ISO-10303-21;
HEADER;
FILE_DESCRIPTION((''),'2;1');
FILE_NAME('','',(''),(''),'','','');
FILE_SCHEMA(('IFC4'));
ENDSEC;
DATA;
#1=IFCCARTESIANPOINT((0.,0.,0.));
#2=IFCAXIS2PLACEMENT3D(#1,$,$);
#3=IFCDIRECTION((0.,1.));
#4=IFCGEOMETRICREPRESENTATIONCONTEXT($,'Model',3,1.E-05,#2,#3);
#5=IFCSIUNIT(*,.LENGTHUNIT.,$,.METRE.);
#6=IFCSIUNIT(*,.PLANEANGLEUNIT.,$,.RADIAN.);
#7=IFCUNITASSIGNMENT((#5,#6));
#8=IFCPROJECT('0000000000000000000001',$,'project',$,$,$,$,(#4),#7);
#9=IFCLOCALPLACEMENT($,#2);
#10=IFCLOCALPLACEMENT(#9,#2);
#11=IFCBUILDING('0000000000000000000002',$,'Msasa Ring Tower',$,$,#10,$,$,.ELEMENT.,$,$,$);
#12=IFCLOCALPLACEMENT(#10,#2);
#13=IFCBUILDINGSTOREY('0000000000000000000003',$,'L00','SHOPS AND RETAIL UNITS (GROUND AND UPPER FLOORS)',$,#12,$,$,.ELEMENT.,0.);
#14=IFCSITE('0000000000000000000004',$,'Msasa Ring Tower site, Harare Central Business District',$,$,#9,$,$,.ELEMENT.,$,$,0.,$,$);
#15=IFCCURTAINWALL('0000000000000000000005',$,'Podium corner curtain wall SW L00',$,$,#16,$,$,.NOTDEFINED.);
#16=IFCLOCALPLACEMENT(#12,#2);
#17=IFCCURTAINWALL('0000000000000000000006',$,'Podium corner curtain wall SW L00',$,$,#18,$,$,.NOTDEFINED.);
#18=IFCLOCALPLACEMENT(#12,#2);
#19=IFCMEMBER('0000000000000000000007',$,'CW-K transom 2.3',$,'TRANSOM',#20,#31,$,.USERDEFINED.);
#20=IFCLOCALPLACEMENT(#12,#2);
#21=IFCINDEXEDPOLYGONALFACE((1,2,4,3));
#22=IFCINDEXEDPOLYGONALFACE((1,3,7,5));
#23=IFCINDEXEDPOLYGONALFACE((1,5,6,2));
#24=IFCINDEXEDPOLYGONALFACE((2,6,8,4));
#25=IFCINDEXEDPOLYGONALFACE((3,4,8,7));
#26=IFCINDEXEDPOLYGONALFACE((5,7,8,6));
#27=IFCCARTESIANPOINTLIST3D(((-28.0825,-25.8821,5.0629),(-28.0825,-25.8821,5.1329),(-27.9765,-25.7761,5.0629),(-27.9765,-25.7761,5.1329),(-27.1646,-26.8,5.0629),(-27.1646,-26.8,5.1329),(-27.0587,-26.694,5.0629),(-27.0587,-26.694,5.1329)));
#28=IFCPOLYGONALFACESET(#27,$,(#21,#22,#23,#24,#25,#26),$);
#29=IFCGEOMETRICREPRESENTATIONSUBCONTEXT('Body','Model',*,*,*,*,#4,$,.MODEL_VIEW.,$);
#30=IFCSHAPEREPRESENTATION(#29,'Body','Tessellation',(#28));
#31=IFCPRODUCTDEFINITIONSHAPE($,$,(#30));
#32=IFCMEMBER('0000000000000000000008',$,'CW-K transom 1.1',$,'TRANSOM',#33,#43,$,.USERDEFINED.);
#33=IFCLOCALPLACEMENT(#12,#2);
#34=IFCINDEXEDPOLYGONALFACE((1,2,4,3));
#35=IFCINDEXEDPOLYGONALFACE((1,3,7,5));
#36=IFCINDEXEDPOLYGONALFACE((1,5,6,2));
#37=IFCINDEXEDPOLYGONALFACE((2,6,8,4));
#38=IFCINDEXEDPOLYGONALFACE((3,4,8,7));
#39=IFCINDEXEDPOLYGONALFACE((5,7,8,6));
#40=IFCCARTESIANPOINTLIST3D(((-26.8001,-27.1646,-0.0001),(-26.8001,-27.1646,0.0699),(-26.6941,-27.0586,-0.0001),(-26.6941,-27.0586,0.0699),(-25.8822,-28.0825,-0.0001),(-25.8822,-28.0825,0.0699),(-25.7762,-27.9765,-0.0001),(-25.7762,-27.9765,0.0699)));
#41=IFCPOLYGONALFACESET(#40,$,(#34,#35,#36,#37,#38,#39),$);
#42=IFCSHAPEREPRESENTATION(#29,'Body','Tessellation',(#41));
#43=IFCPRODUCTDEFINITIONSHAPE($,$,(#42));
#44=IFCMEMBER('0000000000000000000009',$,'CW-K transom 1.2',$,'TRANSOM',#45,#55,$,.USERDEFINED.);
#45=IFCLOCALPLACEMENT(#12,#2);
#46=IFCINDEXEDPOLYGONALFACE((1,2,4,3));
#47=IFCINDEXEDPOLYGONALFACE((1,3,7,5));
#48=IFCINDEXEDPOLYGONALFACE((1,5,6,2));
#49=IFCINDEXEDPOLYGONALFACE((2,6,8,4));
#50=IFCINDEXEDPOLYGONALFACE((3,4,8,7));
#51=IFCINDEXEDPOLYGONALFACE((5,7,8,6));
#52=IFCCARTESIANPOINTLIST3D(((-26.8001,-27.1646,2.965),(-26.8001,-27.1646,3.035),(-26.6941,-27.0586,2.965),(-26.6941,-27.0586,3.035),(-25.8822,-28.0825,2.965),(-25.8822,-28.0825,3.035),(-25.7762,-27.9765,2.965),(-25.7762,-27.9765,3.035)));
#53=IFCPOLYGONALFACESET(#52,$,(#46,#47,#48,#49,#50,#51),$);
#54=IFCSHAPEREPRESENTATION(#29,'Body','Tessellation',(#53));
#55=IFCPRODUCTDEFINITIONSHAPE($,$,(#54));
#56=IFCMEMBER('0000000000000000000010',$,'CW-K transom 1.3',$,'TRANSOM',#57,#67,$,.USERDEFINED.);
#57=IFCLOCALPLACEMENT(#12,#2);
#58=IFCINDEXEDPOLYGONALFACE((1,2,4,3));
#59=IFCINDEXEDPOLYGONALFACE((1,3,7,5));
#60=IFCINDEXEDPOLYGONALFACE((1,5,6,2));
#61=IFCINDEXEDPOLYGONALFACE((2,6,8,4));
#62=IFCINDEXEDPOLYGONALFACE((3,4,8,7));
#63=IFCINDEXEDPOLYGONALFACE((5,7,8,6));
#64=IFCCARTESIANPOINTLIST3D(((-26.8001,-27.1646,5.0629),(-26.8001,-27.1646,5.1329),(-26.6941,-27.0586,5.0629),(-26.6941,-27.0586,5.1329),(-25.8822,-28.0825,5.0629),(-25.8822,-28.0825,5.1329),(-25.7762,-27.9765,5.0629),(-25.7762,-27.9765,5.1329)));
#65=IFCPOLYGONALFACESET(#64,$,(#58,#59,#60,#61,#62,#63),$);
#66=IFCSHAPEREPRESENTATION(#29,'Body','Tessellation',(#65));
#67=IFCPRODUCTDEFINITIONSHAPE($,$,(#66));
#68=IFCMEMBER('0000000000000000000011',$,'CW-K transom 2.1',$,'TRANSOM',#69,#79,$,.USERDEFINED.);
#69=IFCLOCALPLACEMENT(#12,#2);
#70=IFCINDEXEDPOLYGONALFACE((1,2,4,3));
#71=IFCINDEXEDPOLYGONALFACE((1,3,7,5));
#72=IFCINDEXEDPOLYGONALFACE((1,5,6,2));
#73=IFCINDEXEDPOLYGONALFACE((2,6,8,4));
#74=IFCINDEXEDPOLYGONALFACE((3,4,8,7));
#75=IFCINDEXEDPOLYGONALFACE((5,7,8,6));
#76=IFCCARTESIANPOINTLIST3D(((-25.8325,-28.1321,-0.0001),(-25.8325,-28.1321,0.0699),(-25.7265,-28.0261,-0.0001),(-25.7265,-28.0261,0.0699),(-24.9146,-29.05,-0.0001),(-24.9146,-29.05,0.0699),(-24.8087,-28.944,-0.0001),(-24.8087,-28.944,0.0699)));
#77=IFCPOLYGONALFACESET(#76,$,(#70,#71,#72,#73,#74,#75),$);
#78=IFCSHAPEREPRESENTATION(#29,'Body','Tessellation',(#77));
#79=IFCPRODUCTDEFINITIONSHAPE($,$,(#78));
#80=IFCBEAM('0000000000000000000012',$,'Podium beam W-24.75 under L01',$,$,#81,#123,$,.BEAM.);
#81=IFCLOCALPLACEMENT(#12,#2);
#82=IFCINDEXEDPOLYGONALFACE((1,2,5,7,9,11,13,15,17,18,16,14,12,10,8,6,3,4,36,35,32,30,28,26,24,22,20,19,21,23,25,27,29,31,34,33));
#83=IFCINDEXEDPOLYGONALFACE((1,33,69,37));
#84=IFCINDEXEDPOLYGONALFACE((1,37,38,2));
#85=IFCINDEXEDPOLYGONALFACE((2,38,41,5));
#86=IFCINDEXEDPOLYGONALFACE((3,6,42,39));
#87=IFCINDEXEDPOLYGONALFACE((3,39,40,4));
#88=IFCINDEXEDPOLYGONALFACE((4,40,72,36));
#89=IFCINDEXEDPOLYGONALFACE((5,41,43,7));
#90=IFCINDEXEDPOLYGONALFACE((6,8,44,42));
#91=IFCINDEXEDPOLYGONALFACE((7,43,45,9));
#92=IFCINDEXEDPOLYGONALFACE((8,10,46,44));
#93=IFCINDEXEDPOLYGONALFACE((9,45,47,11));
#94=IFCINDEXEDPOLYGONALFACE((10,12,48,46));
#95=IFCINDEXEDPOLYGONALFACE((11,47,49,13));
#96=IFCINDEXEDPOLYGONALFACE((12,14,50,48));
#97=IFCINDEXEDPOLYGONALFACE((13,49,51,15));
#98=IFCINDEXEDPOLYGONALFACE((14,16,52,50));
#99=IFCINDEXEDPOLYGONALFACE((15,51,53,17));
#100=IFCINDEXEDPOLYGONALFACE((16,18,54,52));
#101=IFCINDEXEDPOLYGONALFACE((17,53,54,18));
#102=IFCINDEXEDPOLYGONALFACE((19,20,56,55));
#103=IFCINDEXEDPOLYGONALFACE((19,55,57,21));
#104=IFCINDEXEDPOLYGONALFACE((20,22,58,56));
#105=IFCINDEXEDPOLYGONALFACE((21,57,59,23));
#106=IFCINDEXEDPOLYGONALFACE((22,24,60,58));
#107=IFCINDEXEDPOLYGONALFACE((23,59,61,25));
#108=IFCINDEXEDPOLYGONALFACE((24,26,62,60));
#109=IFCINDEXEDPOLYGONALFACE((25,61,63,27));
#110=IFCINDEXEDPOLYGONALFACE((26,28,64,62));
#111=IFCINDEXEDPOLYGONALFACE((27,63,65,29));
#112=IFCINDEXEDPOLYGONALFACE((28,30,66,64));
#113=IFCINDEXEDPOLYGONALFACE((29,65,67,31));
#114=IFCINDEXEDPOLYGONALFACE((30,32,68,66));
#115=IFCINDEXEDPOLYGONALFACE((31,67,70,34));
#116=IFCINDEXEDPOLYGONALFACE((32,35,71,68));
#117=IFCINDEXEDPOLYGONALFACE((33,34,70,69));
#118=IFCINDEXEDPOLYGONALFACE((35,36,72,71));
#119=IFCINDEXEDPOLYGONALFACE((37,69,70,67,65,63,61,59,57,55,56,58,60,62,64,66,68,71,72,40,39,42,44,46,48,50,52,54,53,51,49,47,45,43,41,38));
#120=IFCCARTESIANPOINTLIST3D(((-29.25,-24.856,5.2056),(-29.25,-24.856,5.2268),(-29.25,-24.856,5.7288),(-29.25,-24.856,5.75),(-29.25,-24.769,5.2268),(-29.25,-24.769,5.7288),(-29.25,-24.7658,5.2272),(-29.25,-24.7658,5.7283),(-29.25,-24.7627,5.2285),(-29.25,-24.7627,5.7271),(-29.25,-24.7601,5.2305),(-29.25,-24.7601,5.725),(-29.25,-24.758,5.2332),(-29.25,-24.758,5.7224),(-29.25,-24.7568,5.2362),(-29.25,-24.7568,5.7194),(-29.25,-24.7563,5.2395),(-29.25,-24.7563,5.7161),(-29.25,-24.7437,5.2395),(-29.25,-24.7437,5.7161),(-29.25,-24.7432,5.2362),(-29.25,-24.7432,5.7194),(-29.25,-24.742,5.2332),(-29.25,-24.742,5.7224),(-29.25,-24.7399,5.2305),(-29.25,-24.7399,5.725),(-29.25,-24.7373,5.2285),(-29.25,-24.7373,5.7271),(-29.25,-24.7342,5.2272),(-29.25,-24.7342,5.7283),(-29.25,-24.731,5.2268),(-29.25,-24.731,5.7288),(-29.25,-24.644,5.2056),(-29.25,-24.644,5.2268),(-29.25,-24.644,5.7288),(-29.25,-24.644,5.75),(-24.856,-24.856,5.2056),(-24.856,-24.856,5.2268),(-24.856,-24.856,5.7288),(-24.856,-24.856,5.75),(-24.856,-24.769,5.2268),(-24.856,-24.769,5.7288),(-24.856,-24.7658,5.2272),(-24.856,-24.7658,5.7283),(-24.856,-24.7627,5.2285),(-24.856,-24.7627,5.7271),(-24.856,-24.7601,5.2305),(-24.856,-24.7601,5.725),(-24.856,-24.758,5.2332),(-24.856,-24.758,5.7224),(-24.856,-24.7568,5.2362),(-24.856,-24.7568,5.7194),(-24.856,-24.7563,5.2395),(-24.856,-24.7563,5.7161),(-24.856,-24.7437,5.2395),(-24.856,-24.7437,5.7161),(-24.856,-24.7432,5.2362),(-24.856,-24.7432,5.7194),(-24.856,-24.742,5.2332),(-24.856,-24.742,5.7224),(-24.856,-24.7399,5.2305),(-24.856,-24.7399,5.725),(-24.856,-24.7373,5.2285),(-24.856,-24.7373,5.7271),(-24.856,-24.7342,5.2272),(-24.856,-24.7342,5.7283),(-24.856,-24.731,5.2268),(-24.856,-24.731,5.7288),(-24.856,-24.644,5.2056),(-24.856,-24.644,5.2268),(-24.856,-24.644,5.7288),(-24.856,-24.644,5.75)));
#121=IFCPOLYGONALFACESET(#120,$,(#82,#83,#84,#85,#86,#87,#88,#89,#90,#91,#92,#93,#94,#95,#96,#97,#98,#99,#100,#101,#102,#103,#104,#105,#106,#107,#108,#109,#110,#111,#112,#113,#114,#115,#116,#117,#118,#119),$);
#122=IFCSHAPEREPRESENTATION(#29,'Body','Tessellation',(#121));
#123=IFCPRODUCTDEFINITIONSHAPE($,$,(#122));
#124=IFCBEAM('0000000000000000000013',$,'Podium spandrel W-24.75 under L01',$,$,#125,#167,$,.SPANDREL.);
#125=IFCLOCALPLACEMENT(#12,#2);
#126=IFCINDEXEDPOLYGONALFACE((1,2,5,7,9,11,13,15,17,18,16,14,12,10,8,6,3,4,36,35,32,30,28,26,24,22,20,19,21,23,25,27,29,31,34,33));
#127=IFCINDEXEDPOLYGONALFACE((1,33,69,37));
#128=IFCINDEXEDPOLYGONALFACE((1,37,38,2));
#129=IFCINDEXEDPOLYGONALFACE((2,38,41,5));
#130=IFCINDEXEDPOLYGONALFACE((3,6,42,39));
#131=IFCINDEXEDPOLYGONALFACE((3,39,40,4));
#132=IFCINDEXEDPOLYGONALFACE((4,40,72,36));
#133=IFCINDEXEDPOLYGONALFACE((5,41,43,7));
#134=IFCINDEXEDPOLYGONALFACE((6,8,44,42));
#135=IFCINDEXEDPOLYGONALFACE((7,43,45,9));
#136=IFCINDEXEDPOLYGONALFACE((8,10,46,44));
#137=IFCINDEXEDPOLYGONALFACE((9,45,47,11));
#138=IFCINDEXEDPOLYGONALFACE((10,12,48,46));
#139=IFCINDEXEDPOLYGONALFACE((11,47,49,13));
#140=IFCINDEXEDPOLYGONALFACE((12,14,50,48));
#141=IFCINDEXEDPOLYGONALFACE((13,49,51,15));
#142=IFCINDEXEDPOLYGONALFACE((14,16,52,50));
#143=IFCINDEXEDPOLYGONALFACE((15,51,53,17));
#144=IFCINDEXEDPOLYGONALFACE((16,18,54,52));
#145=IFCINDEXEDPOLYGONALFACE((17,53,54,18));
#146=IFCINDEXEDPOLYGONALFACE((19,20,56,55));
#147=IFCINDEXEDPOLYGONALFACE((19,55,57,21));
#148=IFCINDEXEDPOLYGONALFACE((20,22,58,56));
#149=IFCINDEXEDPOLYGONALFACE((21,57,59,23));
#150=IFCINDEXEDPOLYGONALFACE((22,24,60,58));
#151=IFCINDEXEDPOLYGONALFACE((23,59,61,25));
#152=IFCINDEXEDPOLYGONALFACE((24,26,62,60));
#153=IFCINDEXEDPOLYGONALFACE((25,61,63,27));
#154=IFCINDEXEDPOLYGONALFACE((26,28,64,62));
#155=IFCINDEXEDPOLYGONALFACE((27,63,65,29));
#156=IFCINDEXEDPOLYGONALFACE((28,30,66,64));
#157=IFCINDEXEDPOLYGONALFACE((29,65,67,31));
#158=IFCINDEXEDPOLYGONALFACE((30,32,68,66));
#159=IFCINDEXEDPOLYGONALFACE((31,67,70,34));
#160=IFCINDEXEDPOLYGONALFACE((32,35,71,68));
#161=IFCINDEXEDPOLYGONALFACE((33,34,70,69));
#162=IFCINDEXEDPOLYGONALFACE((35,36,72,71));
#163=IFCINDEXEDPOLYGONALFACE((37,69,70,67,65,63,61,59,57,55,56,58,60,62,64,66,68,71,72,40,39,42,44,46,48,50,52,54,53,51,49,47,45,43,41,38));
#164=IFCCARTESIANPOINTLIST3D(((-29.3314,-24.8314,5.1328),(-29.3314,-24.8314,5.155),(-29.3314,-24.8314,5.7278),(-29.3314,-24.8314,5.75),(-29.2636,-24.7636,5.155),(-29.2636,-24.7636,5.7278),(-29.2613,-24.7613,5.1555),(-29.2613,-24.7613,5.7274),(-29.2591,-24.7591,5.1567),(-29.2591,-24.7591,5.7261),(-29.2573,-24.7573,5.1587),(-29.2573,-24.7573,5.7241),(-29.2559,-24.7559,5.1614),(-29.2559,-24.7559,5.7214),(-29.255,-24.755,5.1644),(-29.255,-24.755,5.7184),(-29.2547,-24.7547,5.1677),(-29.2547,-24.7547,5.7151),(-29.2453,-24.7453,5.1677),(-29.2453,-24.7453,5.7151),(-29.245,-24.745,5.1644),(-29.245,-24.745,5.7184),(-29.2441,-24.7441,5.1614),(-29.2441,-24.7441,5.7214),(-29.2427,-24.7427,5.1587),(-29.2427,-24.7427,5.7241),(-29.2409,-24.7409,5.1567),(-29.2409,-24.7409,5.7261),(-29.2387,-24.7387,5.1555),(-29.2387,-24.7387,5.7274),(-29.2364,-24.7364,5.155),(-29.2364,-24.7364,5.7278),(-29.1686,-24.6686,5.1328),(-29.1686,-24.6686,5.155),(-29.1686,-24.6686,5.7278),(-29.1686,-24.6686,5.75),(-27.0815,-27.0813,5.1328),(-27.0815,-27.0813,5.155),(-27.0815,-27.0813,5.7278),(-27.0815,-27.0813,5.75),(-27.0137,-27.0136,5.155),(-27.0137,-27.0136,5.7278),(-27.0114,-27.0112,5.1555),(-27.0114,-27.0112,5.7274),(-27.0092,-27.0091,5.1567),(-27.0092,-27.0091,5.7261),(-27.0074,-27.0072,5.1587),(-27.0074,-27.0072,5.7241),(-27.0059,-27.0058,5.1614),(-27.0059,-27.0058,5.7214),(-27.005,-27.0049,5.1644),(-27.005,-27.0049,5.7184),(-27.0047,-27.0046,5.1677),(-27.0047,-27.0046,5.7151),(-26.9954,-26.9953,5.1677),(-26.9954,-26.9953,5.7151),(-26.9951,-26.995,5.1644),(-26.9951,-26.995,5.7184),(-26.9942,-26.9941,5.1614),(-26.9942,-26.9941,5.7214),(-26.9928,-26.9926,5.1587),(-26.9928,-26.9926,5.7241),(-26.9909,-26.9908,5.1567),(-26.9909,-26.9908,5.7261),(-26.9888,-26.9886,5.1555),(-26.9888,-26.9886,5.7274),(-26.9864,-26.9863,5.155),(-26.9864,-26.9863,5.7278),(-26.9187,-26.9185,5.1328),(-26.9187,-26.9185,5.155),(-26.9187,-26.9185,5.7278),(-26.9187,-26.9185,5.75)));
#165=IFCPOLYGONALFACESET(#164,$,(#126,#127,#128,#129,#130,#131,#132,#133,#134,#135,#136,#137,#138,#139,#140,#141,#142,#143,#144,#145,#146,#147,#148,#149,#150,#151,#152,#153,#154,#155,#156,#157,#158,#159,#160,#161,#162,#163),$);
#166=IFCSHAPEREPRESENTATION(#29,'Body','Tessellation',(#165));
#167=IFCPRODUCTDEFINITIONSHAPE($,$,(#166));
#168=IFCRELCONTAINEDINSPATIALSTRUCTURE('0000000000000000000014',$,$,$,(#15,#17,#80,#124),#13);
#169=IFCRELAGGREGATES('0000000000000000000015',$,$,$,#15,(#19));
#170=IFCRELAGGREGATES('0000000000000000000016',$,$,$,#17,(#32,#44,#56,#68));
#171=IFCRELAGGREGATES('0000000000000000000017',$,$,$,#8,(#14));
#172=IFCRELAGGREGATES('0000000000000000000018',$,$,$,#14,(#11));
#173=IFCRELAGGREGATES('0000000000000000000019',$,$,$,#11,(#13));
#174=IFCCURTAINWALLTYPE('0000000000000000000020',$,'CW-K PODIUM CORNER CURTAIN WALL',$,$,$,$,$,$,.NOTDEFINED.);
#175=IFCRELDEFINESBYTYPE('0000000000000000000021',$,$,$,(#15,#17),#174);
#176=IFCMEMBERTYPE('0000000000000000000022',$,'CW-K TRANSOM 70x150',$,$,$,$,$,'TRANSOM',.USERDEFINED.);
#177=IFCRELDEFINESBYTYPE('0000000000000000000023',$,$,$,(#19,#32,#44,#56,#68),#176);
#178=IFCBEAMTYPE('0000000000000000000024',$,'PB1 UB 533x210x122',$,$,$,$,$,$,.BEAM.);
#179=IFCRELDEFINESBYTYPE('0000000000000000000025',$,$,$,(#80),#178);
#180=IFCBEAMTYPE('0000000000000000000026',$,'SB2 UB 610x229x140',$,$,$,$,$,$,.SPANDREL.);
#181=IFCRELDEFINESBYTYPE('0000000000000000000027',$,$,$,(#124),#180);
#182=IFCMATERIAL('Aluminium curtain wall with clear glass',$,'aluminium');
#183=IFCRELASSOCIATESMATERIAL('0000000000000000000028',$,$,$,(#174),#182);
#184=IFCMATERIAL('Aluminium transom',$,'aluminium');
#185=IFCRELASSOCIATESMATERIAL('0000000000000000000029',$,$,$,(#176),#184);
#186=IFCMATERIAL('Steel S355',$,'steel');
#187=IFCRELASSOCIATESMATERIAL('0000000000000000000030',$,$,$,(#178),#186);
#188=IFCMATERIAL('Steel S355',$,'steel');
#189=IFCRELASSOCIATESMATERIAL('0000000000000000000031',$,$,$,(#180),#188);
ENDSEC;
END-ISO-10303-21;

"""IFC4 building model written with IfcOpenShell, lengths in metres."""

from ifc_helpers import new_model, si_unit, direction, frame, origin, origin_2d, place, context, subcontext, project, spatial, rectangle, i_section, extrude, material, material_profile, profile_set, type_object, element, aggregate, save


model = new_model("IFC4")

# Units and contexts
model_context = context("Model", 3, precision=1e-05, world=origin(), true_north=direction((0.0, 1.0)))
body_context = subcontext(model_context, "Body", "Model", "MODEL_VIEW")
ifc_project = project(units=[si_unit("LENGTHUNIT", "METRE"), si_unit("PLANEANGLEUNIT", "RADIAN")], contexts=[model_context])

# Site, building, storey
site_placement = place(None, origin())
site = spatial("IfcSite", under=ifc_project, at=site_placement, Name="Msasa Ring Tower site, Harare Central Business District", CompositionType="ELEMENT", RefElevation=0.0)
building_placement = place(site_placement, origin())
building = spatial("IfcBuilding", under=site, at=building_placement, Name="Msasa Ring Tower", CompositionType="ELEMENT")
storey_placement = place(building_placement, origin())
storey = spatial("IfcBuildingStorey", under=building, at=storey_placement, Name="L00", Description="SHOPS AND RETAIL UNITS (GROUND AND UPPER FLOORS)", CompositionType="ELEMENT", Elevation=0.0)

# Curtain walls
ifc_material_1 = material(Name="Aluminium curtain wall with clear glass", Category="aluminium")
curtain_wall_type = type_object("IfcCurtainWallType", Name="CW-K PODIUM CORNER CURTAIN WALL", PredefinedType="NOTDEFINED", material=ifc_material_1)
curtain_wall_1_placement = place(storey_placement, origin())
curtain_wall_1 = element("IfcCurtainWall", 1, at=curtain_wall_1_placement, inside=storey, type_object=curtain_wall_type, Name="Podium corner curtain wall SW L00", PredefinedType="NOTDEFINED")
curtain_wall_2_placement = place(storey_placement, origin())
curtain_wall_2 = element("IfcCurtainWall", 2, at=curtain_wall_2_placement, inside=storey, type_object=curtain_wall_type, Name="Podium corner curtain wall SW L00", PredefinedType="NOTDEFINED")

# Members
ifc_material_2 = material(Name="Aluminium transom", Category="aluminium")
ifc_material_profile_1 = material_profile(ifc_material_2, rectangle(XDim=0.1499, YDim=0.0701, at=origin_2d()), Name="AL 70x150")
ifc_profile_set_1 = profile_set([ifc_material_profile_1], Name="Aluminium transom")
member_type_1 = type_object("IfcMemberType", Name="CW-K TRANSOM 70x150", ElementType="TRANSOM", PredefinedType="USERDEFINED", material=ifc_profile_set_1)
member_1_placement = place(storey_placement, frame((-28.0295, -25.8291, 5.0979), z_axis=(0.707107, -0.707107, 0.0), x_axis=(0.707107, 0.707107, 0.0)))
member_1 = element("IfcMember", 3, at=member_1_placement, type_object=member_type_1, Name="CW-K transom 2.3", ObjectType="TRANSOM", PredefinedType="USERDEFINED", context=body_context, shape_type="SweptSolid", body=[
    extrude(rectangle(XDim=0.1499, YDim=0.0701, at=origin_2d()), origin(), (0.0, 0.0, 1.0), 1.2981),
])
member_2_placement = place(storey_placement, frame((-26.7471, -27.1116, 0.0349), z_axis=(0.707107, -0.707107, 0.0), x_axis=(0.707107, 0.707107, 0.0)))
member_2 = element("IfcMember", 4, at=member_2_placement, type_object=member_type_1, Name="CW-K transom 1.1", ObjectType="TRANSOM", PredefinedType="USERDEFINED", context=body_context, shape_type="SweptSolid", body=[
    extrude(rectangle(XDim=0.1499, YDim=0.0701, at=origin_2d()), origin(), (0.0, 0.0, 1.0), 1.2981),
])
member_3_placement = place(storey_placement, frame((-26.7471, -27.1116, 3.0), z_axis=(0.707107, -0.707107, 0.0), x_axis=(0.707107, 0.707107, 0.0)))
member_3 = element("IfcMember", 5, at=member_3_placement, type_object=member_type_1, Name="CW-K transom 1.2", ObjectType="TRANSOM", PredefinedType="USERDEFINED", context=body_context, shape_type="SweptSolid", body=[
    extrude(rectangle(XDim=0.1499, YDim=0.0701, at=origin_2d()), origin(), (0.0, 0.0, 1.0), 1.2981),
])
member_4_placement = place(storey_placement, frame((-26.7471, -27.1116, 5.0979), z_axis=(0.707107, -0.707107, 0.0), x_axis=(0.707107, 0.707107, 0.0)))
member_4 = element("IfcMember", 6, at=member_4_placement, type_object=member_type_1, Name="CW-K transom 1.3", ObjectType="TRANSOM", PredefinedType="USERDEFINED", context=body_context, shape_type="SweptSolid", body=[
    extrude(rectangle(XDim=0.1499, YDim=0.0701, at=origin_2d()), origin(), (0.0, 0.0, 1.0), 1.2981),
])
member_5_placement = place(storey_placement, frame((-25.7795, -28.0791, 0.0349), z_axis=(0.707107, -0.707107, 0.0), x_axis=(0.707107, 0.707107, 0.0)))
member_5 = element("IfcMember", 7, at=member_5_placement, type_object=member_type_1, Name="CW-K transom 2.1", ObjectType="TRANSOM", PredefinedType="USERDEFINED", context=body_context, shape_type="SweptSolid", body=[
    extrude(rectangle(XDim=0.1499, YDim=0.0701, at=origin_2d()), origin(), (0.0, 0.0, 1.0), 1.2981),
])

# Beams
ifc_material_3 = material(Name="Steel S355", Category="steel")
ifc_material_profile_2 = material_profile(ifc_material_3, i_section(OverallWidth=0.2119, OverallDepth=0.5444, WebThickness=0.0127, FlangeThickness=0.0212, FilletRadius=0.0127, at=origin_2d()), Name="UB 533x210x122")
ifc_profile_set_2 = profile_set([ifc_material_profile_2], Name="Steel S355")
beam_type_1 = type_object("IfcBeamType", Name="PB1 UB 533x210x122", PredefinedType="BEAM", material=ifc_profile_set_2)
beam_placement = place(storey_placement, frame((-29.25, -24.75, 5.4778), z_axis=(1.0, 0.0, 0.0), x_axis=(0.0, 1.0, 0.0)))
element("IfcBeam", 8, at=beam_placement, inside=storey, type_object=beam_type_1, Name="Podium beam W-24.75 under L01", PredefinedType="BEAM", context=body_context, shape_type="SweptSolid", body=[
    extrude(i_section(OverallWidth=0.2119, OverallDepth=0.5444, WebThickness=0.0127, FlangeThickness=0.0212, FilletRadius=0.0127, at=origin_2d()), origin(), (0.0, 0.0, 1.0), 4.394),
])
ifc_material_4 = material(Name="Steel S355", Category="steel")
ifc_material_profile_3 = material_profile(ifc_material_4, i_section(OverallWidth=0.2302, OverallDepth=0.6172, WebThickness=0.0132, FlangeThickness=0.0222, FilletRadius=0.0127, at=origin_2d()), Name="UB 610x229x140")
ifc_profile_set_3 = profile_set([ifc_material_profile_3], Name="Steel S355")
beam_type_2 = type_object("IfcBeamType", Name="SB2 UB 610x229x140", PredefinedType="SPANDREL", material=ifc_profile_set_3)
for number, where, z_axis, x_axis, name in (
    (9, (-29.25, -24.75, 5.4414), (0.707107, -0.707107, 0.0), (0.707107, 0.707107, 0.0), "Podium spandrel W-24.75 under L01"),
):
    element("IfcBeam", number, at=place(storey_placement, frame(where, z_axis=z_axis, x_axis=x_axis)), inside=storey, type_object=beam_type_2, Name=name, PredefinedType="SPANDREL", context=body_context, shape_type="SweptSolid", body=[
        extrude(i_section(OverallWidth=0.2302, OverallDepth=0.6172, WebThickness=0.0132, FlangeThickness=0.0222, FilletRadius=0.0127, at=origin_2d()), origin(), (0.0, 0.0, 1.0), 3.1819),
    ])

aggregate(curtain_wall_1, [member_1])
aggregate(curtain_wall_2, [member_2, member_3, member_4, member_5])

save(model, "model.ifc")
